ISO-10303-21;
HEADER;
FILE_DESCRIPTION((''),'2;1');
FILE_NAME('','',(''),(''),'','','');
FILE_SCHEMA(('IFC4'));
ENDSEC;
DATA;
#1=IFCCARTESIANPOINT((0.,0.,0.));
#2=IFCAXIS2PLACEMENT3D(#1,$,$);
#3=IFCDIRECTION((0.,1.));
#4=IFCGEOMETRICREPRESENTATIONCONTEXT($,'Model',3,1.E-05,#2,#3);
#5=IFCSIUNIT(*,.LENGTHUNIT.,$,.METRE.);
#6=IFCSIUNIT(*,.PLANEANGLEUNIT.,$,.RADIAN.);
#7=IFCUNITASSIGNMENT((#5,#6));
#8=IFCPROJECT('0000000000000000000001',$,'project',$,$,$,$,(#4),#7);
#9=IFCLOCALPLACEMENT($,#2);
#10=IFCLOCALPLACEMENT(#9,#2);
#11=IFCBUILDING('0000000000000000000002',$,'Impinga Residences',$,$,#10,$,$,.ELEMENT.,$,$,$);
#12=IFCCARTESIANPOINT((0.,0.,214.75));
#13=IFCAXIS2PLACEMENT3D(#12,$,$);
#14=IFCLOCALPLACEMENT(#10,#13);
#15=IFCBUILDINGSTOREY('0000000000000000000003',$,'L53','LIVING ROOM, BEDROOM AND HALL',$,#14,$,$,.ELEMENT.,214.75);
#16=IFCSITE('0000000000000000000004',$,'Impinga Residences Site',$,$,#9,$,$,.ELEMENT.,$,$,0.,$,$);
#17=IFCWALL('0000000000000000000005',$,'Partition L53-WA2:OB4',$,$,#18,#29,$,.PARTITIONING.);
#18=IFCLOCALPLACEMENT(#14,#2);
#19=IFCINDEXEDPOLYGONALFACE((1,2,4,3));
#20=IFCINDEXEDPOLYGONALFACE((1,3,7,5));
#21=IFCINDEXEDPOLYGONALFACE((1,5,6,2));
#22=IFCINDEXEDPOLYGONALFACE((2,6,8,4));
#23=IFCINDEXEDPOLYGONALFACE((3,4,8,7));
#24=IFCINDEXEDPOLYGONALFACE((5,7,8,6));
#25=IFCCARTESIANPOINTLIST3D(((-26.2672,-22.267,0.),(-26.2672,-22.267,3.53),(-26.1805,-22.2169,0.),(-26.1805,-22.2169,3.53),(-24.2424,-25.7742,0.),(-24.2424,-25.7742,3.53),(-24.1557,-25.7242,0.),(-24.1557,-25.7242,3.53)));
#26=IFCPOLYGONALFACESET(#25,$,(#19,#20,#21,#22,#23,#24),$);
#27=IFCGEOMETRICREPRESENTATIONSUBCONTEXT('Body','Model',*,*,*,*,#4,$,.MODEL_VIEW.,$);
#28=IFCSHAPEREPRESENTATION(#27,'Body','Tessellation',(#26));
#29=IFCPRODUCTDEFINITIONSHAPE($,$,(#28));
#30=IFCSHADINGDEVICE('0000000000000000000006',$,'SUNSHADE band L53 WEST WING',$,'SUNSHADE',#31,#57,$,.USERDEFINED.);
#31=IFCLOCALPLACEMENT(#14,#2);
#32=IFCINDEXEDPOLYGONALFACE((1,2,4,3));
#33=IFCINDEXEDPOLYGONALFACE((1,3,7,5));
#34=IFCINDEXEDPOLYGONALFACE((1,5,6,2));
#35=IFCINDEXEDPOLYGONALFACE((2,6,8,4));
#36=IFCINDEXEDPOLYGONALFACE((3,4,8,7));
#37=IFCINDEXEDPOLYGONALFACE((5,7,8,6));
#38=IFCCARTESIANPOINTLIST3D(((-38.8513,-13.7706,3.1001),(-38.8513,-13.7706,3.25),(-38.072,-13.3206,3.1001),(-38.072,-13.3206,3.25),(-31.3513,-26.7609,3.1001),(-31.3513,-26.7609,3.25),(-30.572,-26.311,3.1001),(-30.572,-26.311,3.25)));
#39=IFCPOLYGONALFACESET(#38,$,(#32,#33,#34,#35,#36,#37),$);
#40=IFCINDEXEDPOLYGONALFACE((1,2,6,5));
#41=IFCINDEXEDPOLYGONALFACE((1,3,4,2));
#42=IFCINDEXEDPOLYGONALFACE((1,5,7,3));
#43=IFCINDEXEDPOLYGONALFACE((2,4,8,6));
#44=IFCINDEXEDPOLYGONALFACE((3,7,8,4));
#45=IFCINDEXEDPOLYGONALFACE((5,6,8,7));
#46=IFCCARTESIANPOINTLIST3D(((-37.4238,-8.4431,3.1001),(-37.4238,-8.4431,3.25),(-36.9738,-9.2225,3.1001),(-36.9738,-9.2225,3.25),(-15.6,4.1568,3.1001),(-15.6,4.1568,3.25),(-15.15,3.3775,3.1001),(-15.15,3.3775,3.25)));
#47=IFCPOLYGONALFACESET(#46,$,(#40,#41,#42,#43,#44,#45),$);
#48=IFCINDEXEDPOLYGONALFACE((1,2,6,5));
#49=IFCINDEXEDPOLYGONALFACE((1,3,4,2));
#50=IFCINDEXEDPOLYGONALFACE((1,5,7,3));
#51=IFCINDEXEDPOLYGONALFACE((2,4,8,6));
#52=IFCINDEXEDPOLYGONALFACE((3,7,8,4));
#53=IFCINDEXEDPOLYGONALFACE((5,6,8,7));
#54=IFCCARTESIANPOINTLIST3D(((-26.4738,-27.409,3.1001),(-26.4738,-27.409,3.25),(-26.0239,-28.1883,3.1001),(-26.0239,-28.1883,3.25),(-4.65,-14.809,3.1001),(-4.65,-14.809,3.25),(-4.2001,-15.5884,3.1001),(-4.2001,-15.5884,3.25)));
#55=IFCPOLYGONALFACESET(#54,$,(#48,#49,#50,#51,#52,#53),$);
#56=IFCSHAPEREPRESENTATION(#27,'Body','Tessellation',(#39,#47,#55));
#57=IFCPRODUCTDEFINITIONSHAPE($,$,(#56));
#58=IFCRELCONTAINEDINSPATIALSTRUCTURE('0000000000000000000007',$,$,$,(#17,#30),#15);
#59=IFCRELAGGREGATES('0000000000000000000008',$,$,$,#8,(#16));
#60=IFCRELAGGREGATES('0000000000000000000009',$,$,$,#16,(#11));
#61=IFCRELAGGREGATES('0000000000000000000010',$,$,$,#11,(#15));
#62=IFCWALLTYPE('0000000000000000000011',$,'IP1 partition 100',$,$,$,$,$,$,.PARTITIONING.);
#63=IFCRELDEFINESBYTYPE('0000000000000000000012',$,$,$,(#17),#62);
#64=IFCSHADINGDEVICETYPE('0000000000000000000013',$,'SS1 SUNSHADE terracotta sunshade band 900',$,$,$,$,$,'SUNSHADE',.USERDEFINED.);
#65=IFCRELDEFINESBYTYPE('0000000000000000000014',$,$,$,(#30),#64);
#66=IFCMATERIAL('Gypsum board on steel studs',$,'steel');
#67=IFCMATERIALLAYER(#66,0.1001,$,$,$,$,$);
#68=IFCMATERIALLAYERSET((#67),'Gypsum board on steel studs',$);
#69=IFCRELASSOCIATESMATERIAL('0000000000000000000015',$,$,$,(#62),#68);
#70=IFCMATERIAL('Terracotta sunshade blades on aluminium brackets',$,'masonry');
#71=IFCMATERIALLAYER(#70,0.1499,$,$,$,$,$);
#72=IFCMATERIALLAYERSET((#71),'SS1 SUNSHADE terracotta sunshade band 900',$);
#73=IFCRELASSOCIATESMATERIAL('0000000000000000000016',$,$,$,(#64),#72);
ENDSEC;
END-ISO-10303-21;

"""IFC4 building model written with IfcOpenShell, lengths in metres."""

from ifc_helpers import new_model, si_unit, direction, frame, frame_2d, origin, origin_2d, place, context, subcontext, project, spatial, rectangle, extrude, material, layer, layer_set, type_object, element, save


model = new_model("IFC4")

# Units and contexts
model_context = context("Model", 3, precision=1e-05, world=origin(), true_north=direction((0.0, 1.0)))
body_context = subcontext(model_context, "Body", "Model", "MODEL_VIEW")
ifc_project = project(units=[si_unit("LENGTHUNIT", "METRE"), si_unit("PLANEANGLEUNIT", "RADIAN")], contexts=[model_context])

# Site, building, storey
site_placement = place(None, origin())
site = spatial("IfcSite", under=ifc_project, at=site_placement, Name="Impinga Residences Site", CompositionType="ELEMENT", RefElevation=0.0)
building_placement = place(site_placement, origin())
building = spatial("IfcBuilding", under=site, at=building_placement, Name="Impinga Residences", CompositionType="ELEMENT")
storey_placement = place(building_placement, frame((0.0, 0.0, 214.75)))
storey = spatial("IfcBuildingStorey", under=building, at=storey_placement, Name="L53", Description="LIVING ROOM, BEDROOM AND HALL", CompositionType="ELEMENT", Elevation=214.75)

# Wall
ifc_material_1 = material(Name="Gypsum board on steel studs", Category="steel")
ifc_layer_1 = layer(ifc_material_1, 0.1001)
ifc_layer_set_1 = layer_set([ifc_layer_1], Name="Gypsum board on steel studs")
wall_type_1 = type_object("IfcWallType", Name="IP1 partition 100", PredefinedType="PARTITIONING", material=ifc_layer_set_1)
wall_1_placement = place(storey_placement, frame((-26.2239, -22.2419, 0.0), z_axis=(0.0, 0.0, 1.0), x_axis=(0.49999, -0.866031, 0.0)))
element("IfcWall", 1, at=wall_1_placement, inside=storey, type_object=wall_type_1, Name="Partition L53-WA2:OB4", PredefinedType="PARTITIONING", context=body_context, shape_type="SweptSolid", body=[
    extrude(rectangle(XDim=4.0498, YDim=0.1001, at=frame_2d((2.0249, 0.0))), origin(), (0.0, 0.0, 1.0), 3.53),
])

# Shading device
ifc_material_2 = material(Name="Terracotta sunshade blades on aluminium brackets", Category="masonry")
ifc_layer_2 = layer(ifc_material_2, 0.1499)
ifc_layer_set_2 = layer_set([ifc_layer_2], Name="SS1 SUNSHADE terracotta sunshade band 900")
shading_device_type = type_object("IfcShadingDeviceType", Name="SS1 SUNSHADE terracotta sunshade band 900", ElementType="SUNSHADE", PredefinedType="USERDEFINED", material=ifc_layer_set_2)
shading_device_placement = place(storey_placement, frame((-34.7117, -20.0408, 3.1001), z_axis=(0.0, 0.0, 1.0), x_axis=(-0.5, 0.866025, 0.0)))
element("IfcShadingDevice", 2, at=shading_device_placement, inside=storey, type_object=shading_device_type, Name="SUNSHADE band L53 WEST WING", ObjectType="SUNSHADE", PredefinedType="USERDEFINED", context=body_context, shape_type="SweptSolid", body=[
    extrude(rectangle(XDim=15.0, YDim=0.8999, at=origin_2d()), origin(), (0.0, 0.0, 1.0), 0.1499),
    extrude(rectangle(XDim=25.2, YDim=0.8999, at=origin_2d()), frame((10.95, -16.05, 0.0), z_axis=(0.0, 0.0, 1.0), x_axis=(0.0, -1.0, 0.0)), (0.0, 0.0, 1.0), 0.1499),
    extrude(rectangle(XDim=25.2, YDim=0.8999, at=origin_2d()), frame((-10.95, -16.05, 0.0), z_axis=(0.0, 0.0, 1.0), x_axis=(0.0, 1.0, 0.0)), (0.0, 0.0, 1.0), 0.1499),
])

save(model, "model.ifc")
